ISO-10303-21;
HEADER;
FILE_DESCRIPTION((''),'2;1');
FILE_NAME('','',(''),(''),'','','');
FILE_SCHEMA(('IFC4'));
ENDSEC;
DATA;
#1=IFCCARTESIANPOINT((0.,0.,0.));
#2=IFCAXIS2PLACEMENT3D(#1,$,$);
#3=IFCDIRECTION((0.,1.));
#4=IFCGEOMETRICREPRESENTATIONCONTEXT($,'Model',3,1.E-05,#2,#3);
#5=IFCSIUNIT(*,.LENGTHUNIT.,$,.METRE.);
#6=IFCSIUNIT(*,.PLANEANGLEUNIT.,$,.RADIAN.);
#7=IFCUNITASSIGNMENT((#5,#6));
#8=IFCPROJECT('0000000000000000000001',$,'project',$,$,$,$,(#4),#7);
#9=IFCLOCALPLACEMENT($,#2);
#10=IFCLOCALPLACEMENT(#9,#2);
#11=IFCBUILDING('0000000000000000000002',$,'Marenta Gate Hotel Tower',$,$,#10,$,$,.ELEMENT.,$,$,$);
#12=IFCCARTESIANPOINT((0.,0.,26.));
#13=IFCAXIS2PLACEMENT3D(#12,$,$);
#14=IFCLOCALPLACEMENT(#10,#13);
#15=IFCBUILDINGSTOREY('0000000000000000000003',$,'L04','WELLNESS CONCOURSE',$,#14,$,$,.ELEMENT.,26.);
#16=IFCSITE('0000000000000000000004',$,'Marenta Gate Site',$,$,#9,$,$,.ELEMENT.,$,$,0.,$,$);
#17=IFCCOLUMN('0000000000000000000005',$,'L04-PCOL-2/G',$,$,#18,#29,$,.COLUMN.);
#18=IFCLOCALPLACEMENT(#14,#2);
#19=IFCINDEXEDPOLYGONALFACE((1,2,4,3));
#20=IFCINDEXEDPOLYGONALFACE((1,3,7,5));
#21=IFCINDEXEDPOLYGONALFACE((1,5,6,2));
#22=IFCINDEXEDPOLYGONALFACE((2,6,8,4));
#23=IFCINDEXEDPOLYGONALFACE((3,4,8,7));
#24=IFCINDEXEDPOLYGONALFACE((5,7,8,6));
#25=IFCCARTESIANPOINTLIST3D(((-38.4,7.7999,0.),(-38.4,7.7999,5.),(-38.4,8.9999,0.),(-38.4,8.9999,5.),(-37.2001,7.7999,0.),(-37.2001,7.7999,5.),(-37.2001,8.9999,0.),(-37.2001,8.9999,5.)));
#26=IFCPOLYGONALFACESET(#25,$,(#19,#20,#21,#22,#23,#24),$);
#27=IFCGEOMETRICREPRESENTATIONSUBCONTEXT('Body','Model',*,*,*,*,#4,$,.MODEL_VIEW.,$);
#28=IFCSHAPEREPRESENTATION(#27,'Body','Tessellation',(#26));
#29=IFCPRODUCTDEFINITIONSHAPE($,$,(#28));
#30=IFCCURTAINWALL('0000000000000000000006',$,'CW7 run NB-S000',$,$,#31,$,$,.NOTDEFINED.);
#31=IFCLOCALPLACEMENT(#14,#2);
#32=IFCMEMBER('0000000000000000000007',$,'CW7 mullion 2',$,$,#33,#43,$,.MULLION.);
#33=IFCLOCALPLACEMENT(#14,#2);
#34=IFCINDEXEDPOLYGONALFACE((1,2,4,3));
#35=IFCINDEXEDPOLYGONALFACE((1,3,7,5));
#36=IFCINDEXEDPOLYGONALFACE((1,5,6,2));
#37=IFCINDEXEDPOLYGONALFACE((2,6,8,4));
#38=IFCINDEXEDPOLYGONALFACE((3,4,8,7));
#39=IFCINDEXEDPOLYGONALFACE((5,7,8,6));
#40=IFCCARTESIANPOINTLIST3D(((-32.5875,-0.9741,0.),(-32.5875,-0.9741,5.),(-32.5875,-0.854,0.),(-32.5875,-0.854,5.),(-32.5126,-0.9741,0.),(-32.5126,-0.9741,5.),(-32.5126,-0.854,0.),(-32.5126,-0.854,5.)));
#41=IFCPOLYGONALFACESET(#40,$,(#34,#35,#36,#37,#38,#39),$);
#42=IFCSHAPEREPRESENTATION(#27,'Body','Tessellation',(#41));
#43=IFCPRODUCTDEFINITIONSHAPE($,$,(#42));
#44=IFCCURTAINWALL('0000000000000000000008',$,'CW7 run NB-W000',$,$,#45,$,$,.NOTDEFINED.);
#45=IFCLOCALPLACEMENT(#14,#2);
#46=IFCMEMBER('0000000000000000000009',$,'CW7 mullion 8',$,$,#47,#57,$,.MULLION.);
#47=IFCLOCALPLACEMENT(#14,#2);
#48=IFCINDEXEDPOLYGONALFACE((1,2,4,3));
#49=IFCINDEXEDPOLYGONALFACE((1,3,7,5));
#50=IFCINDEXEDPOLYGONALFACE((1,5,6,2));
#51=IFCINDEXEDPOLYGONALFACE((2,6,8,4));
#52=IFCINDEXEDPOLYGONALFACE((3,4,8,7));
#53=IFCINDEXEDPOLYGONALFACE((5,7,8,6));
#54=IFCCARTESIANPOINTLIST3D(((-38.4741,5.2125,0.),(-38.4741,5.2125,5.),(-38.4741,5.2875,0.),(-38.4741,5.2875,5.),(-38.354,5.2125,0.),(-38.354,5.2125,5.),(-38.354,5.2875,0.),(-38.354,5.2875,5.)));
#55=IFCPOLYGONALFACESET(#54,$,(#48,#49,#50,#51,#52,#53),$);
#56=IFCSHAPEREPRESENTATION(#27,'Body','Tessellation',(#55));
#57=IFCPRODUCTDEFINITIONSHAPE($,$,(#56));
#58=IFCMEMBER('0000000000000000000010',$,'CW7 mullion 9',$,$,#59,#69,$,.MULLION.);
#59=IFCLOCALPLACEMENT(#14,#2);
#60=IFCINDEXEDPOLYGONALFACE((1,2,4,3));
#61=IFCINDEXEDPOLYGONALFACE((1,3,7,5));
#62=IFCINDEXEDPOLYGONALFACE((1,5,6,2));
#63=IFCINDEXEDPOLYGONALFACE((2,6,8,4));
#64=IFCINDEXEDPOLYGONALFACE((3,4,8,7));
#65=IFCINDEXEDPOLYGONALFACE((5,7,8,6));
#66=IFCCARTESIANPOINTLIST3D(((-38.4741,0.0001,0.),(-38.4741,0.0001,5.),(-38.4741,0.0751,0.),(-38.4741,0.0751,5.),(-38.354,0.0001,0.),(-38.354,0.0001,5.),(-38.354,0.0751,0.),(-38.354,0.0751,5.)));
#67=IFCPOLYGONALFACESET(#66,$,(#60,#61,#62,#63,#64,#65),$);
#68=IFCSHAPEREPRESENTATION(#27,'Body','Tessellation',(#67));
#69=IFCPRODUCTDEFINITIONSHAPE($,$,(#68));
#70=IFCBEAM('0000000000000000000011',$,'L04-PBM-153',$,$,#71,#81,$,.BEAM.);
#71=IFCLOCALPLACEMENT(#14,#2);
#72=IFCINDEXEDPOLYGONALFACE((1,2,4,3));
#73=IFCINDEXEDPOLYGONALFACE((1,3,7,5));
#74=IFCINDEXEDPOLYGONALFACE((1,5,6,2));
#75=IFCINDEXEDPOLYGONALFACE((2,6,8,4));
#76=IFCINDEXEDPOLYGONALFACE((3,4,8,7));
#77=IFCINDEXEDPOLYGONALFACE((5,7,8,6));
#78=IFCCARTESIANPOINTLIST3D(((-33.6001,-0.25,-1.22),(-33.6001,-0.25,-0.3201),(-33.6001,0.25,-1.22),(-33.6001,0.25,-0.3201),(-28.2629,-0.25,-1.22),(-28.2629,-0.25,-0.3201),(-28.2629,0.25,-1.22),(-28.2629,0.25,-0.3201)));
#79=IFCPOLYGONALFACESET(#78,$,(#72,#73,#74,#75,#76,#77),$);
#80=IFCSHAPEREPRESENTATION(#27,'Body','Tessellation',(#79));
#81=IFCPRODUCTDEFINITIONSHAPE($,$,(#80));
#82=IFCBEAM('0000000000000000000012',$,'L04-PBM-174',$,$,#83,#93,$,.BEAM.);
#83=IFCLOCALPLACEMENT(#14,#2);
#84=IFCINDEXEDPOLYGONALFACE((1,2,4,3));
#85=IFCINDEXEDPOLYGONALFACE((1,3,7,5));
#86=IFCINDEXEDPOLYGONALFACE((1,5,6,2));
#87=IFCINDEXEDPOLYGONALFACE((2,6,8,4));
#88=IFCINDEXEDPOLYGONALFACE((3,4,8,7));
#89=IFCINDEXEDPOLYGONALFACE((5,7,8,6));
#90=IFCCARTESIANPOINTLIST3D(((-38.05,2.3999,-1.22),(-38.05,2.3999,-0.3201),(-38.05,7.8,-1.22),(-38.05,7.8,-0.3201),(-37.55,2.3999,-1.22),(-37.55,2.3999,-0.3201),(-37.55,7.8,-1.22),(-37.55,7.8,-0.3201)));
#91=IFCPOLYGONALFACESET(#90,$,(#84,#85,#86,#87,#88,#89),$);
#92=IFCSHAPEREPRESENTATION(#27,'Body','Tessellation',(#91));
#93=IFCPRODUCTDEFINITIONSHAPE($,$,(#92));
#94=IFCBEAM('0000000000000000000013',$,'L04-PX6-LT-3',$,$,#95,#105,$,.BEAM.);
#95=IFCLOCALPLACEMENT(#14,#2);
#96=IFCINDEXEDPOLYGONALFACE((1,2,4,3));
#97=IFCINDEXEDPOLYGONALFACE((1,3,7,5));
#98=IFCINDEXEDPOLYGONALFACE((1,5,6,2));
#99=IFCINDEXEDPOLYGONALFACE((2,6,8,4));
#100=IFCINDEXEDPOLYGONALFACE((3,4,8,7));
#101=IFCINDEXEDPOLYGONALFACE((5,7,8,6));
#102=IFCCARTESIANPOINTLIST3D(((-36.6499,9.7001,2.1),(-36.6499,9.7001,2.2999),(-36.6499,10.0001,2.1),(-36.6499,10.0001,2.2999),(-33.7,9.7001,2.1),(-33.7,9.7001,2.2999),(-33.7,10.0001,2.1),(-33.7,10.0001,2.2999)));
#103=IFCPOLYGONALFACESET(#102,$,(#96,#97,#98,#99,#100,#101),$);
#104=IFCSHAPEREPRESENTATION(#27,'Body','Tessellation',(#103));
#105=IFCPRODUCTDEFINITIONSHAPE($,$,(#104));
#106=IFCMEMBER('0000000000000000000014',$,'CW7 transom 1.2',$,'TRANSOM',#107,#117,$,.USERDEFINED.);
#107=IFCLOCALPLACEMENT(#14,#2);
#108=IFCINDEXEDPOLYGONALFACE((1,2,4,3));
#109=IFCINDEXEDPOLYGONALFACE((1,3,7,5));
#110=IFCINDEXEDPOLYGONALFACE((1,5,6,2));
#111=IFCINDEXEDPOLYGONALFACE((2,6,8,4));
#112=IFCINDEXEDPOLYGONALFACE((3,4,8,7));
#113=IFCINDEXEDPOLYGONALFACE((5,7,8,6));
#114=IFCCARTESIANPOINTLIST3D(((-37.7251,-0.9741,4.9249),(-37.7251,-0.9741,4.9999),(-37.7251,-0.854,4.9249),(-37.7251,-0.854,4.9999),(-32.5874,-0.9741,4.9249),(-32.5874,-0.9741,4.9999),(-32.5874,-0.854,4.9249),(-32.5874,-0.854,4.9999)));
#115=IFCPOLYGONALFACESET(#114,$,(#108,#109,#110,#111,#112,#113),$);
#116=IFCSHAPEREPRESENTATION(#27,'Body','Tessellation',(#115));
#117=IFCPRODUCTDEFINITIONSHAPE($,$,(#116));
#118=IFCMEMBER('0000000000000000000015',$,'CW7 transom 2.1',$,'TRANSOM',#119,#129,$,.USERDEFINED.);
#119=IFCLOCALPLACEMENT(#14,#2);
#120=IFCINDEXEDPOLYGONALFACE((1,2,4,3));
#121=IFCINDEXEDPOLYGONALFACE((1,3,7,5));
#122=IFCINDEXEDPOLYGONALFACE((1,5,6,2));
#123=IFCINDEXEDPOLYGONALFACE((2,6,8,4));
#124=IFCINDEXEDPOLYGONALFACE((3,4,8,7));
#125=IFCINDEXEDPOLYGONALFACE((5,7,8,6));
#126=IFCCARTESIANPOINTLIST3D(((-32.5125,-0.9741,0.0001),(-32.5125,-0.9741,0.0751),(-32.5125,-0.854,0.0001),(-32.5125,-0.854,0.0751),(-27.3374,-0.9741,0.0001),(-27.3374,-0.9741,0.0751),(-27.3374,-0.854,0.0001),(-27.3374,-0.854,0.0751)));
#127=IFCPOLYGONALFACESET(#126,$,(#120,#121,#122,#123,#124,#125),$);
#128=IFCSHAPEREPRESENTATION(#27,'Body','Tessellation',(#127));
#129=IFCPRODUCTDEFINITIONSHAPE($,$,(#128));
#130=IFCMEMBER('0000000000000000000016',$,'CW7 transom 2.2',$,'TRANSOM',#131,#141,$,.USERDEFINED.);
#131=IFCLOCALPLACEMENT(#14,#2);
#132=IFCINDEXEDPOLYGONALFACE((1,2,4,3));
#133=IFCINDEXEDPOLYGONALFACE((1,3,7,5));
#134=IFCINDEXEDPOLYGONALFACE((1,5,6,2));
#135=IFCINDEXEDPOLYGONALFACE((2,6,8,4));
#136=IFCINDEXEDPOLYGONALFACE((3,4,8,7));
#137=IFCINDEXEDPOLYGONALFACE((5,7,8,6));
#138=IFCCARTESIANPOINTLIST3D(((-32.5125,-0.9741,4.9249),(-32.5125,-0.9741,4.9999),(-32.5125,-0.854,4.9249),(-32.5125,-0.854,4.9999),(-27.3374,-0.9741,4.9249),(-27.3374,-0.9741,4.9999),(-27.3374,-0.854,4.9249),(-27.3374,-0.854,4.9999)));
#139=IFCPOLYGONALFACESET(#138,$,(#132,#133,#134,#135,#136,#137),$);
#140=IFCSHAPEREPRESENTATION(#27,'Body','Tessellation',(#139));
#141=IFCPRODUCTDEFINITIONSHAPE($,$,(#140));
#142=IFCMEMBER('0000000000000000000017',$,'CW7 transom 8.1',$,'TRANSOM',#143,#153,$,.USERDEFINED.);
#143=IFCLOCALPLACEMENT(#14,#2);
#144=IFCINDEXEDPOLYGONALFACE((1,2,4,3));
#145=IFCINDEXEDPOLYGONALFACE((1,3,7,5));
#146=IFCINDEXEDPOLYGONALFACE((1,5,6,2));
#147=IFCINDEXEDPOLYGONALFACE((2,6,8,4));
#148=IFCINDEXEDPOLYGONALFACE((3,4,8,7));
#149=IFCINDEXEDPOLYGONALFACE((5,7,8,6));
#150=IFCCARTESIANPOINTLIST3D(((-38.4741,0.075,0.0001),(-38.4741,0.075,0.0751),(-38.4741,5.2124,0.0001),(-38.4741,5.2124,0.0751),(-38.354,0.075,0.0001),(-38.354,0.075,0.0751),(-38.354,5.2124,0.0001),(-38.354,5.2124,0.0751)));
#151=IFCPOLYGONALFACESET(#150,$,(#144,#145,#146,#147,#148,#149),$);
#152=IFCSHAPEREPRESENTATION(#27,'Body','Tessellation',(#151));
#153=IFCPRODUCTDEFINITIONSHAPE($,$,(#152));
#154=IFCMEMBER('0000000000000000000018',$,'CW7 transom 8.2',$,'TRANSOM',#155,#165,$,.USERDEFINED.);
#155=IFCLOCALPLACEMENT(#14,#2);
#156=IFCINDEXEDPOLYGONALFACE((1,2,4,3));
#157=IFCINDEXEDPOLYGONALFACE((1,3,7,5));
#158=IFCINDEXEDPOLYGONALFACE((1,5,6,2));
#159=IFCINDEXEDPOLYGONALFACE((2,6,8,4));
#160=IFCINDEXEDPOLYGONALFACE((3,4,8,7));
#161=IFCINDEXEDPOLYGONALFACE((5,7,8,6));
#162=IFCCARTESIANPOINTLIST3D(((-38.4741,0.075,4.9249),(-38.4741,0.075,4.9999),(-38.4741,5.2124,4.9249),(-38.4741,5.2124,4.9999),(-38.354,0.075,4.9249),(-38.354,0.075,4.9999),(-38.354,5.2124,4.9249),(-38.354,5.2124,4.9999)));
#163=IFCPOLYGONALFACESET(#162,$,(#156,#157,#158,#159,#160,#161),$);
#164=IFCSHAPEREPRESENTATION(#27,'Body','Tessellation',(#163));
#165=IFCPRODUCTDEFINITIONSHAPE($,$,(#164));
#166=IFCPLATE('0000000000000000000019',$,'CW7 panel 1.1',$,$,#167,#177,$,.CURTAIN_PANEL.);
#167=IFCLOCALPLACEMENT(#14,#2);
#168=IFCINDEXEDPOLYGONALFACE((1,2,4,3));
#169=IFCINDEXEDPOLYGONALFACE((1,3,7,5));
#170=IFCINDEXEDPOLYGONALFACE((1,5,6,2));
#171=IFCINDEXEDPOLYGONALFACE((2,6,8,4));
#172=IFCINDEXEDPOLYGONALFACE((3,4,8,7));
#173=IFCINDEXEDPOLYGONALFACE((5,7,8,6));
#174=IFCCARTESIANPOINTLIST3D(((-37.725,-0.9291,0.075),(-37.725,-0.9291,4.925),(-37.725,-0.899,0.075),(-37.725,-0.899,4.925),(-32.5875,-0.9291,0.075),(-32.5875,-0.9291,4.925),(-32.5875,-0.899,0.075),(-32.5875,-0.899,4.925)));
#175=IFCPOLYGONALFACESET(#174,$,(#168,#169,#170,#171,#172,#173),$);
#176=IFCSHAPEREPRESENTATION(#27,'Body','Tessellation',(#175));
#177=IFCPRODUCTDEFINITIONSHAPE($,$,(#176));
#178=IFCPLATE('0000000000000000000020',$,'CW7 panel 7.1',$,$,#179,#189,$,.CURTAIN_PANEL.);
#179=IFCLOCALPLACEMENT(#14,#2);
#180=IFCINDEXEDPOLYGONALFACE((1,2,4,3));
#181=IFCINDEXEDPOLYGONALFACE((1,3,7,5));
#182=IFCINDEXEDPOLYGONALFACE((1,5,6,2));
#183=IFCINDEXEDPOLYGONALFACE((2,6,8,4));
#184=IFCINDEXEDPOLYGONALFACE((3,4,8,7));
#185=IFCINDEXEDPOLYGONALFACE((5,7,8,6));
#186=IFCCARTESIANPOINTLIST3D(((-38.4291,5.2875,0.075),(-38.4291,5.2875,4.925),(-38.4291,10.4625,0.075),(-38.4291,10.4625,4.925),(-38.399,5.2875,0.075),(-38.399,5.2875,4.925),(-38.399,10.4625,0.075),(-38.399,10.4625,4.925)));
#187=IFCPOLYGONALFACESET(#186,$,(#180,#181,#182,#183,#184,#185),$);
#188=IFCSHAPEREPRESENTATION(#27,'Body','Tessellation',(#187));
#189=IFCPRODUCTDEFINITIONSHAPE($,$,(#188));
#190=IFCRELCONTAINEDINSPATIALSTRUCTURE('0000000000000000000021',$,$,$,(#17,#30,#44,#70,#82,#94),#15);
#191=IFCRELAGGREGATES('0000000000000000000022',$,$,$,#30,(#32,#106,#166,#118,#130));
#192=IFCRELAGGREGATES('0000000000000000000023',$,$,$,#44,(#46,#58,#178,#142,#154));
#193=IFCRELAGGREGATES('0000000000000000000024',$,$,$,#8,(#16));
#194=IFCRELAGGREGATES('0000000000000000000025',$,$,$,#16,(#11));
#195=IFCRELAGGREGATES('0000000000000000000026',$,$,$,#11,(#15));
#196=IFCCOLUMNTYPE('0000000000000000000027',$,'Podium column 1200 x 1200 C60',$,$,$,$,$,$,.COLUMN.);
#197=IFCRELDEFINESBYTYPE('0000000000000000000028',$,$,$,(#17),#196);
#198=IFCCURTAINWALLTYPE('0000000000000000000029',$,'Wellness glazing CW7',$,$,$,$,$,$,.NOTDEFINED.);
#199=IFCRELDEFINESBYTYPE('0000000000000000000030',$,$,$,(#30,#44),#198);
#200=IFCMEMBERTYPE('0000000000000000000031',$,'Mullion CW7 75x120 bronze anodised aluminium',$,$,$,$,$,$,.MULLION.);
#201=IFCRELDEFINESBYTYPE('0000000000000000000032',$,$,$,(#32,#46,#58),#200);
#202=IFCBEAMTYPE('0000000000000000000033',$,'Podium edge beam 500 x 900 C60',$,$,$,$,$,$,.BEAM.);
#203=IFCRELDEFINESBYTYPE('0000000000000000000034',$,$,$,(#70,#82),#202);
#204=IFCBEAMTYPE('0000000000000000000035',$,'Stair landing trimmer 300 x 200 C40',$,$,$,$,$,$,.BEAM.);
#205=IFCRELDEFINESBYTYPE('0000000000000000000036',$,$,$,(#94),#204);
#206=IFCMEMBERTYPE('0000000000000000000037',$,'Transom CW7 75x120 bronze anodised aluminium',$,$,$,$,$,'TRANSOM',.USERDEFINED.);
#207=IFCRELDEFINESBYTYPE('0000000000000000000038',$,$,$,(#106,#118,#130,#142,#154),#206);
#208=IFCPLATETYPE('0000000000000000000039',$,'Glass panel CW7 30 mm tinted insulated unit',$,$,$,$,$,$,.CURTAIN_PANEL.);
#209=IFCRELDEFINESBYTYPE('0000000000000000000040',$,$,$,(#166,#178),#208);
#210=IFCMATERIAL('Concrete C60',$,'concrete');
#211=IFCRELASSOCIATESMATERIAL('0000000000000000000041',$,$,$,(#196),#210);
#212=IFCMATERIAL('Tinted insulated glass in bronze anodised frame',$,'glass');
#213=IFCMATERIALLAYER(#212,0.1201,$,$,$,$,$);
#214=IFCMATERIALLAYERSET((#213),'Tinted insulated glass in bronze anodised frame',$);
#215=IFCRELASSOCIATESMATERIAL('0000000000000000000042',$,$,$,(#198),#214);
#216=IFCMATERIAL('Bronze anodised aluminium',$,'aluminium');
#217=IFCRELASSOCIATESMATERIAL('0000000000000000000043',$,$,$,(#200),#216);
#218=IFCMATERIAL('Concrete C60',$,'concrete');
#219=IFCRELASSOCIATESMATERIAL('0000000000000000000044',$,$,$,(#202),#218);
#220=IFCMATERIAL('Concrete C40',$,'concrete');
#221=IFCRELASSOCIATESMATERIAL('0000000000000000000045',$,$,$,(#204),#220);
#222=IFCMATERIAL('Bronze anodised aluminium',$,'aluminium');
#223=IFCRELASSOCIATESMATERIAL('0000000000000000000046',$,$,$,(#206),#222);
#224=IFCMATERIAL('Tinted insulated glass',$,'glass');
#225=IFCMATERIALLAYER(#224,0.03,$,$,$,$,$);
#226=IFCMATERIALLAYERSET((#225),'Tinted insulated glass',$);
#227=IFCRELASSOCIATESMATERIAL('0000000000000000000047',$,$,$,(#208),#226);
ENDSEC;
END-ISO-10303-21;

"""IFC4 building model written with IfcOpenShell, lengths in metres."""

from ifc_helpers import new_model, si_unit, direction, frame, origin, origin_2d, place, context, subcontext, project, spatial, rectangle, extrude, material, layer, layer_set, material_profile, profile_set, type_object, element, aggregate, save


model = new_model("IFC4")

# Units and contexts
model_context = context("Model", 3, precision=1e-05, world=origin(), true_north=direction((0.0, 1.0)))
body_context = subcontext(model_context, "Body", "Model", "MODEL_VIEW")
ifc_project = project(units=[si_unit("LENGTHUNIT", "METRE"), si_unit("PLANEANGLEUNIT", "RADIAN")], contexts=[model_context])

# Site, building, storey
site_placement = place(None, origin())
site = spatial("IfcSite", under=ifc_project, at=site_placement, Name="Marenta Gate Site", CompositionType="ELEMENT", RefElevation=0.0)
building_placement = place(site_placement, origin())
building = spatial("IfcBuilding", under=site, at=building_placement, Name="Marenta Gate Hotel Tower", CompositionType="ELEMENT")
storey_placement = place(building_placement, frame((0.0, 0.0, 26.0)))
storey = spatial("IfcBuildingStorey", under=building, at=storey_placement, Name="L04", Description="WELLNESS CONCOURSE", CompositionType="ELEMENT", Elevation=26.0)

# Column
ifc_material_1 = material(Name="Concrete C60", Category="concrete")
ifc_material_profile_1 = material_profile(ifc_material_1, rectangle(XDim=1.2, YDim=1.2, at=origin_2d()), Name="1200 x 1200")
ifc_profile_set_1 = profile_set([ifc_material_profile_1], Name="Concrete C60")
column_type = type_object("IfcColumnType", Name="Podium column 1200 x 1200 C60", PredefinedType="COLUMN", material=ifc_profile_set_1)
column_placement = place(storey_placement, frame((-37.8, 8.3999, 0.0), z_axis=(0.0, 0.0, 1.0), x_axis=(1.0, 0.0, 0.0)))
element("IfcColumn", 1, at=column_placement, inside=storey, type_object=column_type, Name="L04-PCOL-2/G", PredefinedType="COLUMN", context=body_context, shape_type="SweptSolid", body=[
    extrude(rectangle(XDim=1.2, YDim=1.2, at=origin_2d()), origin(), (0.0, 0.0, 1.0), 5.0),
])

# Curtain wall, member
ifc_material_2 = material(Name="Tinted insulated glass in bronze anodised frame", Category="glass")
ifc_layer_1 = layer(ifc_material_2, 0.1201)
ifc_layer_set_1 = layer_set([ifc_layer_1], Name="Tinted insulated glass in bronze anodised frame")
curtain_wall_type = type_object("IfcCurtainWallType", Name="Wellness glazing CW7", PredefinedType="NOTDEFINED", material=ifc_layer_set_1)
curtain_wall_1_placement = place(storey_placement, origin())
curtain_wall_1 = element("IfcCurtainWall", 2, at=curtain_wall_1_placement, inside=storey, type_object=curtain_wall_type, Name="CW7 run NB-S000", PredefinedType="NOTDEFINED")
ifc_material_3 = material(Name="Bronze anodised aluminium", Category="aluminium")
ifc_material_profile_2 = material_profile(ifc_material_3, rectangle(XDim=0.1201, YDim=0.075, at=origin_2d()), Name="Mullion CW7 75x120 bronze anodised aluminium")
ifc_profile_set_2 = profile_set([ifc_material_profile_2], Name="Bronze anodised aluminium")
member_type_1 = type_object("IfcMemberType", Name="Mullion CW7 75x120 bronze anodised aluminium", PredefinedType="MULLION", material=ifc_profile_set_2)
member_1_placement = place(storey_placement, frame((-32.55, -0.9141, 0.0), z_axis=(0.0, 0.0, 1.0), x_axis=(0.0, 1.0, 0.0)))
member_1 = element("IfcMember", 3, at=member_1_placement, type_object=member_type_1, Name="CW7 mullion 2", PredefinedType="MULLION", context=body_context, shape_type="SweptSolid", body=[
    extrude(rectangle(XDim=0.1201, YDim=0.075, at=origin_2d()), origin(), (0.0, 0.0, 1.0), 5.0),
])

# Curtain wall, members
curtain_wall_2_placement = place(storey_placement, origin())
curtain_wall_2 = element("IfcCurtainWall", 4, at=curtain_wall_2_placement, inside=storey, type_object=curtain_wall_type, Name="CW7 run NB-W000", PredefinedType="NOTDEFINED")
member_2_placement = place(storey_placement, frame((-38.4141, 5.25, 0.0), z_axis=(0.0, 0.0, 1.0), x_axis=(1.0, 0.0, 0.0)))
member_2 = element("IfcMember", 5, at=member_2_placement, type_object=member_type_1, Name="CW7 mullion 8", PredefinedType="MULLION", context=body_context, shape_type="SweptSolid", body=[
    extrude(rectangle(XDim=0.1201, YDim=0.075, at=origin_2d()), origin(), (0.0, 0.0, 1.0), 5.0),
])
member_3_placement = place(storey_placement, frame((-38.4141, 0.0376, 0.0), z_axis=(0.0, 0.0, 1.0), x_axis=(1.0, 0.0, 0.0)))
member_3 = element("IfcMember", 6, at=member_3_placement, type_object=member_type_1, Name="CW7 mullion 9", PredefinedType="MULLION", context=body_context, shape_type="SweptSolid", body=[
    extrude(rectangle(XDim=0.1201, YDim=0.075, at=origin_2d()), origin(), (0.0, 0.0, 1.0), 5.0),
])

# Beams
ifc_material_4 = material(Name="Concrete C60", Category="concrete")
ifc_material_profile_3 = material_profile(ifc_material_4, rectangle(XDim=0.5, YDim=0.8999, at=origin_2d()), Name="500 x 900")
ifc_profile_set_3 = profile_set([ifc_material_profile_3], Name="Concrete C60")
beam_type_1 = type_object("IfcBeamType", Name="Podium edge beam 500 x 900 C60", PredefinedType="BEAM", material=ifc_profile_set_3)
beam_1_placement = place(storey_placement, frame((-33.6001, 0.0, -0.77), z_axis=(1.0, 0.0, 0.0), x_axis=(0.0, 1.0, 0.0)))
element("IfcBeam", 7, at=beam_1_placement, inside=storey, type_object=beam_type_1, Name="L04-PBM-153", PredefinedType="BEAM", context=body_context, shape_type="SweptSolid", body=[
    extrude(rectangle(XDim=0.5, YDim=0.8999, at=origin_2d()), origin(), (0.0, 0.0, 1.0), 5.3372),
])
beam_2_placement = place(storey_placement, frame((-37.8, 7.8, -0.77), z_axis=(0.0, -1.0, 0.0), x_axis=(1.0, 0.0, 0.0)))
element("IfcBeam", 8, at=beam_2_placement, inside=storey, type_object=beam_type_1, Name="L04-PBM-174", PredefinedType="BEAM", context=body_context, shape_type="SweptSolid", body=[
    extrude(rectangle(XDim=0.5, YDim=0.8999, at=origin_2d()), origin(), (0.0, 0.0, 1.0), 5.4001),
])
ifc_material_5 = material(Name="Concrete C40", Category="concrete")
ifc_material_profile_4 = material_profile(ifc_material_5, rectangle(XDim=0.3, YDim=0.2, at=origin_2d()), Name="300 x 200")
ifc_profile_set_4 = profile_set([ifc_material_profile_4], Name="Concrete C40")
beam_type_2 = type_object("IfcBeamType", Name="Stair landing trimmer 300 x 200 C40", PredefinedType="BEAM", material=ifc_profile_set_4)
beam_3_placement = place(storey_placement, frame((-36.6499, 9.8501, 2.2), z_axis=(1.0, 0.0, 0.0), x_axis=(0.0, 1.0, 0.0)))
element("IfcBeam", 9, at=beam_3_placement, inside=storey, type_object=beam_type_2, Name="L04-PX6-LT-3", PredefinedType="BEAM", context=body_context, shape_type="SweptSolid", body=[
    extrude(rectangle(XDim=0.3, YDim=0.2, at=origin_2d()), origin(), (0.0, 0.0, 1.0), 2.95),
])

# Members
ifc_material_6 = material(Name="Bronze anodised aluminium", Category="aluminium")
ifc_material_profile_5 = material_profile(ifc_material_6, rectangle(XDim=0.1201, YDim=0.075, at=origin_2d()), Name="Transom CW7 75x120 bronze anodised aluminium")
ifc_profile_set_5 = profile_set([ifc_material_profile_5], Name="Bronze anodised aluminium")
member_type_2 = type_object("IfcMemberType", Name="Transom CW7 75x120 bronze anodised aluminium", ElementType="TRANSOM", PredefinedType="USERDEFINED", material=ifc_profile_set_5)
member_4_placement = place(storey_placement, frame((-37.7251, -0.9141, 4.9624), z_axis=(1.0, 0.0, 0.0), x_axis=(0.0, 1.0, 0.0)))
member_4 = element("IfcMember", 10, at=member_4_placement, type_object=member_type_2, Name="CW7 transom 1.2", ObjectType="TRANSOM", PredefinedType="USERDEFINED", context=body_context, shape_type="SweptSolid", body=[
    extrude(rectangle(XDim=0.1201, YDim=0.075, at=origin_2d()), origin(), (0.0, 0.0, 1.0), 5.1377),
])
member_5_placement = place(storey_placement, frame((-32.5125, -0.9141, 0.0376), z_axis=(1.0, 0.0, 0.0), x_axis=(0.0, 1.0, 0.0)))
member_5 = element("IfcMember", 11, at=member_5_placement, type_object=member_type_2, Name="CW7 transom 2.1", ObjectType="TRANSOM", PredefinedType="USERDEFINED", context=body_context, shape_type="SweptSolid", body=[
    extrude(rectangle(XDim=0.1201, YDim=0.075, at=origin_2d()), origin(), (0.0, 0.0, 1.0), 5.175),
])
member_6_placement = place(storey_placement, frame((-32.5125, -0.9141, 4.9624), z_axis=(1.0, 0.0, 0.0), x_axis=(0.0, 1.0, 0.0)))
member_6 = element("IfcMember", 12, at=member_6_placement, type_object=member_type_2, Name="CW7 transom 2.2", ObjectType="TRANSOM", PredefinedType="USERDEFINED", context=body_context, shape_type="SweptSolid", body=[
    extrude(rectangle(XDim=0.1201, YDim=0.075, at=origin_2d()), origin(), (0.0, 0.0, 1.0), 5.175),
])
member_7_placement = place(storey_placement, frame((-38.4141, 5.2124, 0.0376), z_axis=(0.0, -1.0, 0.0), x_axis=(1.0, 0.0, 0.0)))
member_7 = element("IfcMember", 13, at=member_7_placement, type_object=member_type_2, Name="CW7 transom 8.1", ObjectType="TRANSOM", PredefinedType="USERDEFINED", context=body_context, shape_type="SweptSolid", body=[
    extrude(rectangle(XDim=0.1201, YDim=0.075, at=origin_2d()), origin(), (0.0, 0.0, 1.0), 5.1375),
])
member_8_placement = place(storey_placement, frame((-38.4141, 5.2124, 4.9624), z_axis=(0.0, -1.0, 0.0), x_axis=(1.0, 0.0, 0.0)))
member_8 = element("IfcMember", 14, at=member_8_placement, type_object=member_type_2, Name="CW7 transom 8.2", ObjectType="TRANSOM", PredefinedType="USERDEFINED", context=body_context, shape_type="SweptSolid", body=[
    extrude(rectangle(XDim=0.1201, YDim=0.075, at=origin_2d()), origin(), (0.0, 0.0, 1.0), 5.1375),
])

# Plates
ifc_material_7 = material(Name="Tinted insulated glass", Category="glass")
ifc_layer_2 = layer(ifc_material_7, 0.03)
ifc_layer_set_2 = layer_set([ifc_layer_2], Name="Tinted insulated glass")
plate_type = type_object("IfcPlateType", Name="Glass panel CW7 30 mm tinted insulated unit", PredefinedType="CURTAIN_PANEL", material=ifc_layer_set_2)
plate_1_placement = place(storey_placement, frame((-35.1562, -0.9141, 0.075), z_axis=(0.0, 0.0, 1.0), x_axis=(1.0, 0.0, 0.0)))
plate_1 = element("IfcPlate", 15, at=plate_1_placement, type_object=plate_type, Name="CW7 panel 1.1", PredefinedType="CURTAIN_PANEL", context=body_context, shape_type="SweptSolid", body=[
    extrude(rectangle(XDim=5.1375, YDim=0.03, at=origin_2d()), origin(), (0.0, 0.0, 1.0), 4.8501),
])
aggregate(curtain_wall_1, [member_1, member_4, plate_1, member_5, member_6])
plate_2_placement = place(storey_placement, frame((-38.4141, 7.875, 0.075), z_axis=(0.0, 0.0, 1.0), x_axis=(0.0, -1.0, 0.0)))
plate_2 = element("IfcPlate", 16, at=plate_2_placement, type_object=plate_type, Name="CW7 panel 7.1", PredefinedType="CURTAIN_PANEL", context=body_context, shape_type="SweptSolid", body=[
    extrude(rectangle(XDim=5.175, YDim=0.03, at=origin_2d()), origin(), (0.0, 0.0, 1.0), 4.8501),
])
aggregate(curtain_wall_2, [member_2, member_3, plate_2, member_7, member_8])

save(model, "model.ifc")
